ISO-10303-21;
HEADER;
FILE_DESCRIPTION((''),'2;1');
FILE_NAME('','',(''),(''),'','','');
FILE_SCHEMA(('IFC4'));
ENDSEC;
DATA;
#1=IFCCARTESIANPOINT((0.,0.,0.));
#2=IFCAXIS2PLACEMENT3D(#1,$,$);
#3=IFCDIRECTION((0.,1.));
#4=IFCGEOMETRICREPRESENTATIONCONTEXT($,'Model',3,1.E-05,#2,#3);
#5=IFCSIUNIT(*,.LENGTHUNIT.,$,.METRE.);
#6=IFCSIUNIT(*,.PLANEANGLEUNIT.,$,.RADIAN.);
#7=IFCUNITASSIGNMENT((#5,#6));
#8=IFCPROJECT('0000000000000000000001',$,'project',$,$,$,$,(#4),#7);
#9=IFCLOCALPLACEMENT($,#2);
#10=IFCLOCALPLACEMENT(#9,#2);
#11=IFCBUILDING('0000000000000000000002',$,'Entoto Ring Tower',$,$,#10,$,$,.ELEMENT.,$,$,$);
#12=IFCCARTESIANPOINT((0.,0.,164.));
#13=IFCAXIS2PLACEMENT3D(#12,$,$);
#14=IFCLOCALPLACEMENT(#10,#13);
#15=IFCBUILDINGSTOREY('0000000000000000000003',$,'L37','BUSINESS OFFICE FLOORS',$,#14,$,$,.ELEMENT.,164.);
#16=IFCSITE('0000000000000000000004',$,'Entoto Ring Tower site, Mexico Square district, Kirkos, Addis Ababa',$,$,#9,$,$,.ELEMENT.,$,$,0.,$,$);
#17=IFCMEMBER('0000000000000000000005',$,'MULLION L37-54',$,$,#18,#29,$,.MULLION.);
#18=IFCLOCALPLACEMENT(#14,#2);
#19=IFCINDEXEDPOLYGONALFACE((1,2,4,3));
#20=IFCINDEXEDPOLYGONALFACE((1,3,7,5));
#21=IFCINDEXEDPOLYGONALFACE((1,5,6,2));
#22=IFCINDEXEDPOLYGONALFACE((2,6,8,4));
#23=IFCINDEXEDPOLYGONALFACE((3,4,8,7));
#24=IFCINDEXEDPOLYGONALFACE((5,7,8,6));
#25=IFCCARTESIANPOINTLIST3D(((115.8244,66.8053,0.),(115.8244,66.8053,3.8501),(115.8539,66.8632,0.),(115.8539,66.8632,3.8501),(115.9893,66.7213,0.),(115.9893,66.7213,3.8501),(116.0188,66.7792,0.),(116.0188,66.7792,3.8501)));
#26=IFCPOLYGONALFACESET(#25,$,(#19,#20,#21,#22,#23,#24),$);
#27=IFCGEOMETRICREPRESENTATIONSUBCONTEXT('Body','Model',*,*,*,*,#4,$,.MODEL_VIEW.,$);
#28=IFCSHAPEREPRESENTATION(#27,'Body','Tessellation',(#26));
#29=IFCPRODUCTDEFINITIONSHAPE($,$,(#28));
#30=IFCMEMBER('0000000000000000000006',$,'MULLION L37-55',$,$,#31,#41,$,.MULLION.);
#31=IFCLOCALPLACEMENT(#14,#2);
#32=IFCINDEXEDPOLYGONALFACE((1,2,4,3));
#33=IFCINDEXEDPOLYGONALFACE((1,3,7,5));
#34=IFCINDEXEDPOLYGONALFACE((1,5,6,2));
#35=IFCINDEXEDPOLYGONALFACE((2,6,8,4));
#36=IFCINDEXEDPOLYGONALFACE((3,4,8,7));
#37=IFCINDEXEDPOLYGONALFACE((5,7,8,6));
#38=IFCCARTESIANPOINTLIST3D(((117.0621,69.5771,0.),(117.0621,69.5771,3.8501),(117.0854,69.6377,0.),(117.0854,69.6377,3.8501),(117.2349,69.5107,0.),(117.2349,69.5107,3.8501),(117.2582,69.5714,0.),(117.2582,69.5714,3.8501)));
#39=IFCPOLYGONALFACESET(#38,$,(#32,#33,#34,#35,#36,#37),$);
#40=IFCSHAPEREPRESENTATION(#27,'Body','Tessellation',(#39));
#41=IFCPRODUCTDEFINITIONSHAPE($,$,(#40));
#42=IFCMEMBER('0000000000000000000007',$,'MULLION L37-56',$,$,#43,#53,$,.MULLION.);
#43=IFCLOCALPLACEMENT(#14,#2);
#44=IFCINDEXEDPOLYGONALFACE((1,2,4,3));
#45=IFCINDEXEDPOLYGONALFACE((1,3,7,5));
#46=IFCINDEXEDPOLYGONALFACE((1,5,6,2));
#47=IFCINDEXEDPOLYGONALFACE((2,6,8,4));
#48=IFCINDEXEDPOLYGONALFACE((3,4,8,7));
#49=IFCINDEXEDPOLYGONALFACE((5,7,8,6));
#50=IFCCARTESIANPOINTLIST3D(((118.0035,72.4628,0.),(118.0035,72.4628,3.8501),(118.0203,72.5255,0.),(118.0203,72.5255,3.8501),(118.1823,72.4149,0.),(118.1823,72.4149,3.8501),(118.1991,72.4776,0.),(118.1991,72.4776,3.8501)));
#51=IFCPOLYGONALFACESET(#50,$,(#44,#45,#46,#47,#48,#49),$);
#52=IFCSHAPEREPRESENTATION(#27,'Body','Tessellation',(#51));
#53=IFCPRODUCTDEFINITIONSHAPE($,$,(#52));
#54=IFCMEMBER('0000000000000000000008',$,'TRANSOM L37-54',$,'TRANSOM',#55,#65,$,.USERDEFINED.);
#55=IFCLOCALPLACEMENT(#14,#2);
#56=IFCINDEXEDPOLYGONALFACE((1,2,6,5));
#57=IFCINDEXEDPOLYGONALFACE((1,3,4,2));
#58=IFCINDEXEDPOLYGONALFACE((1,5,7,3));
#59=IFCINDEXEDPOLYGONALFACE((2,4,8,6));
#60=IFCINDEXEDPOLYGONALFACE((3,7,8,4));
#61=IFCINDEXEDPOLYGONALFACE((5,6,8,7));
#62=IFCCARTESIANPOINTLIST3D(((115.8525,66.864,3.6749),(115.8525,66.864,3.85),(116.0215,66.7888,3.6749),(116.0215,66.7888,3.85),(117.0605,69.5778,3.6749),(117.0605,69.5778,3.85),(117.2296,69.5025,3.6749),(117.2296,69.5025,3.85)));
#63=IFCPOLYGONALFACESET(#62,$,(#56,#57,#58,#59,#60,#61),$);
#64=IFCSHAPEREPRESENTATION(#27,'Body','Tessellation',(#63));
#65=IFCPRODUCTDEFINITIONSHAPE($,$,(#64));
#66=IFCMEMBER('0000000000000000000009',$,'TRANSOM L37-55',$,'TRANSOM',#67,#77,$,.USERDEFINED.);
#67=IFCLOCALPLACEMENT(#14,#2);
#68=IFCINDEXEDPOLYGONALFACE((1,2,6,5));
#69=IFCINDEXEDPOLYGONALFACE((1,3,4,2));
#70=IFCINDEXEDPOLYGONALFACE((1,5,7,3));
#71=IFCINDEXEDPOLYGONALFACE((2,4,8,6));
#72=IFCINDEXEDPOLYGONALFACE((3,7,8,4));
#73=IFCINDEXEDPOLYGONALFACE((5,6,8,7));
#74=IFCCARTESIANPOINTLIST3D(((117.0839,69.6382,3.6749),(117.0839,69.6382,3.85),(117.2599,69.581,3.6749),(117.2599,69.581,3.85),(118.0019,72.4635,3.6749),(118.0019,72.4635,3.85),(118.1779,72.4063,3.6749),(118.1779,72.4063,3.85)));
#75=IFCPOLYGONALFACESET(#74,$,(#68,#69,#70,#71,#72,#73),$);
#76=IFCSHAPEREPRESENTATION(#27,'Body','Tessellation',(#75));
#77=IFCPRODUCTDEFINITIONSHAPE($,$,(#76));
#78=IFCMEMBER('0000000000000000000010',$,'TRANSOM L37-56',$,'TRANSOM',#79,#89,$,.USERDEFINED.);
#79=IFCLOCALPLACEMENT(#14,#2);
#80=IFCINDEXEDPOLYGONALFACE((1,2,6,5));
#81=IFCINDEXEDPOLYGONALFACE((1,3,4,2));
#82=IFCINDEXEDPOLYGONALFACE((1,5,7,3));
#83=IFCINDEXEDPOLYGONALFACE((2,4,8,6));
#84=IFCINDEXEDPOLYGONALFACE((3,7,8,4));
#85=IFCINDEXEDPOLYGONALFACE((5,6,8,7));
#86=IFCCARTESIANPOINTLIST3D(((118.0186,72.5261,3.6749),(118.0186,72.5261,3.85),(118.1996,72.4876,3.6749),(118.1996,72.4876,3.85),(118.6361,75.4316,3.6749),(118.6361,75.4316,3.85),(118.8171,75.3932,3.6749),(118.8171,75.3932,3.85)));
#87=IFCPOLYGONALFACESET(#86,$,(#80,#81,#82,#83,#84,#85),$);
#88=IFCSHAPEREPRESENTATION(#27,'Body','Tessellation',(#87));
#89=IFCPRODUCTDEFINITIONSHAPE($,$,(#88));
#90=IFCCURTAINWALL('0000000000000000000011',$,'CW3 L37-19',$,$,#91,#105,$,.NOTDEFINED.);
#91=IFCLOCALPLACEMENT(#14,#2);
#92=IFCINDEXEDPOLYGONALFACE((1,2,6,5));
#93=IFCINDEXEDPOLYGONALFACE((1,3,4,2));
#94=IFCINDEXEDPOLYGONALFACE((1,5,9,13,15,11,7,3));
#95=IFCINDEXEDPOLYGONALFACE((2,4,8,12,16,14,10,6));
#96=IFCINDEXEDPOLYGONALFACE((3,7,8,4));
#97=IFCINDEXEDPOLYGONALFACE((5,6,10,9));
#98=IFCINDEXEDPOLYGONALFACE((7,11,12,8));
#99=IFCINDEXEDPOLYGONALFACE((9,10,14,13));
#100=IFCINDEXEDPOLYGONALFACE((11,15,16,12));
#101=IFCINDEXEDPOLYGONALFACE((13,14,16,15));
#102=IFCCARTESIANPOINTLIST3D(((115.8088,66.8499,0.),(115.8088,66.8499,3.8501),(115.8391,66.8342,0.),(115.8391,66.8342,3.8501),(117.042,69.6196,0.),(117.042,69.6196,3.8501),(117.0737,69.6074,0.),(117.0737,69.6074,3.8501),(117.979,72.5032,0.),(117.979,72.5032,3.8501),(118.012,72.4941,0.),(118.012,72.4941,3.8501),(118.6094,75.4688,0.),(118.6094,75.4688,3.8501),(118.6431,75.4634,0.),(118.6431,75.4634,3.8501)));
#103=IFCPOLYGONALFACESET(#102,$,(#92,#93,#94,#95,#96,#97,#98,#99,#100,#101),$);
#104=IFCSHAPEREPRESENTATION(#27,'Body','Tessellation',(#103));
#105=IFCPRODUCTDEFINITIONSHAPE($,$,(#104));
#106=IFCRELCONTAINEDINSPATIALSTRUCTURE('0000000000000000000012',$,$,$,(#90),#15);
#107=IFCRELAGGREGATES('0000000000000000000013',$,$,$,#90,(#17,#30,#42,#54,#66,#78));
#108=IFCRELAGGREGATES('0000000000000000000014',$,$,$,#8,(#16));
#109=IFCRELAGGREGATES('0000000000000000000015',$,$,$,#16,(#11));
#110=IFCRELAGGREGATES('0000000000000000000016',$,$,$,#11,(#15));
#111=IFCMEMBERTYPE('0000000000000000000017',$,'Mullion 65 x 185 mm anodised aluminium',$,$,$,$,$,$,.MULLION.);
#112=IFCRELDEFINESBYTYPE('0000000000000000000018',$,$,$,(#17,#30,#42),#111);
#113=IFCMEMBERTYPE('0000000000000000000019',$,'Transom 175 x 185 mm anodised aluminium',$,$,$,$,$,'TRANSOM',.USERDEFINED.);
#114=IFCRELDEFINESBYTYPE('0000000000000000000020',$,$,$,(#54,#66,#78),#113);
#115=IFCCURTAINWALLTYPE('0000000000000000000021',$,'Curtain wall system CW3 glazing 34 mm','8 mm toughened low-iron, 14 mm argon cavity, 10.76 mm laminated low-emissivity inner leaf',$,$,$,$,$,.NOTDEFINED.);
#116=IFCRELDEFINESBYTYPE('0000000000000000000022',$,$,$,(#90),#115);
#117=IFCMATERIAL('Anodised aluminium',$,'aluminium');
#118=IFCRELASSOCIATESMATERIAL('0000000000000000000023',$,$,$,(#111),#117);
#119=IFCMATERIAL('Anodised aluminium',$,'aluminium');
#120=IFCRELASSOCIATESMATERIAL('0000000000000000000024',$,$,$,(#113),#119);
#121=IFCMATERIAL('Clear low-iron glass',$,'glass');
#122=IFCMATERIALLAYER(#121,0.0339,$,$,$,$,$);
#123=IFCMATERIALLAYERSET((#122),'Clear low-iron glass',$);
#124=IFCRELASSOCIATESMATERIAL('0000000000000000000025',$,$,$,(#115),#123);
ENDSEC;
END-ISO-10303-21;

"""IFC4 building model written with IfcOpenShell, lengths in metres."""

from ifc_helpers import new_model, si_unit, direction, frame, origin, origin_2d, place, context, subcontext, project, spatial, polyline, rectangle, outline, extrude, material, layer, layer_set, material_profile, profile_set, type_object, element, aggregate, save


model = new_model("IFC4")

# Units and contexts
model_context = context("Model", 3, precision=1e-05, world=origin(), true_north=direction((0.0, 1.0)))
body_context = subcontext(model_context, "Body", "Model", "MODEL_VIEW")
ifc_project = project(units=[si_unit("LENGTHUNIT", "METRE"), si_unit("PLANEANGLEUNIT", "RADIAN")], contexts=[model_context])

# Members
ifc_material_1 = material(Name="Anodised aluminium", Category="aluminium")
ifc_material_profile_1 = material_profile(ifc_material_1, rectangle(XDim=0.0649, YDim=0.1851, at=origin_2d()), Name="Mullion 65 x 185 mm anodised aluminium")
ifc_profile_set_1 = profile_set([ifc_material_profile_1], Name="Anodised aluminium")
member_type_1 = type_object("IfcMemberType", Name="Mullion 65 x 185 mm anodised aluminium", PredefinedType="MULLION", material=ifc_profile_set_1)
site_placement = place(None, origin())
building_placement = place(site_placement, origin())
storey_placement = place(building_placement, frame((0.0, 0.0, 164.0)))
member_1_placement = place(storey_placement, frame((115.9216, 66.7922, 0.0), z_axis=(0.0, 0.0, 1.0), x_axis=(0.45399, 0.891007, 0.0)))
member_1 = element("IfcMember", 1, at=member_1_placement, type_object=member_type_1, Name="MULLION L37-54", PredefinedType="MULLION", context=body_context, shape_type="SweptSolid", body=[
    extrude(rectangle(XDim=0.0649, YDim=0.1851, at=origin_2d()), origin(), (0.0, 0.0, 1.0), 3.8501),
])
member_2_placement = place(storey_placement, frame((117.1602, 69.5742, 0.0), z_axis=(0.0, 0.0, 1.0), x_axis=(0.358368, 0.93358, 0.0)))
member_2 = element("IfcMember", 2, at=member_2_placement, type_object=member_type_1, Name="MULLION L37-55", PredefinedType="MULLION", context=body_context, shape_type="SweptSolid", body=[
    extrude(rectangle(XDim=0.0649, YDim=0.1851, at=origin_2d()), origin(), (0.0, 0.0, 1.0), 3.8501),
])
member_3_placement = place(storey_placement, frame((118.1013, 72.4702, 0.0), z_axis=(0.0, 0.0, 1.0), x_axis=(0.258819, 0.965926, 0.0)))
member_3 = element("IfcMember", 3, at=member_3_placement, type_object=member_type_1, Name="MULLION L37-56", PredefinedType="MULLION", context=body_context, shape_type="SweptSolid", body=[
    extrude(rectangle(XDim=0.0649, YDim=0.1851, at=origin_2d()), origin(), (0.0, 0.0, 1.0), 3.8501),
])
ifc_material_2 = material(Name="Anodised aluminium", Category="aluminium")
ifc_material_profile_2 = material_profile(ifc_material_2, rectangle(XDim=0.1851, YDim=0.175, at=origin_2d()), Name="Transom 175 x 185 mm anodised aluminium")
ifc_profile_set_2 = profile_set([ifc_material_profile_2], Name="Anodised aluminium")
member_type_2 = type_object("IfcMemberType", Name="Transom 175 x 185 mm anodised aluminium", ElementType="TRANSOM", PredefinedType="USERDEFINED", material=ifc_profile_set_2)
member_4_placement = place(storey_placement, frame((115.937, 66.8264, 3.7625), z_axis=(0.406687, 0.913567, 0.0), x_axis=(-0.913567, 0.406687, 0.0)))
member_4 = element("IfcMember", 4, at=member_4_placement, type_object=member_type_2, Name="TRANSOM L37-54", ObjectType="TRANSOM", PredefinedType="USERDEFINED", context=body_context, shape_type="SweptSolid", body=[
    extrude(rectangle(XDim=0.1851, YDim=0.175, at=origin_2d()), origin(), (0.0, 0.0, 1.0), 2.9705),
])
member_5_placement = place(storey_placement, frame((117.1719, 69.6096, 3.7625), z_axis=(0.309019, 0.951056, 0.0), x_axis=(-0.951056, 0.309019, 0.0)))
member_5 = element("IfcMember", 5, at=member_5_placement, type_object=member_type_2, Name="TRANSOM L37-55", ObjectType="TRANSOM", PredefinedType="USERDEFINED", context=body_context, shape_type="SweptSolid", body=[
    extrude(rectangle(XDim=0.1851, YDim=0.175, at=origin_2d()), origin(), (0.0, 0.0, 1.0), 2.9707),
])
member_6_placement = place(storey_placement, frame((118.1091, 72.5068, 3.7625), z_axis=(0.207862, 0.978158, 0.0), x_axis=(-0.978158, 0.207862, 0.0)))
member_6 = element("IfcMember", 6, at=member_6_placement, type_object=member_type_2, Name="TRANSOM L37-56", ObjectType="TRANSOM", PredefinedType="USERDEFINED", context=body_context, shape_type="SweptSolid", body=[
    extrude(rectangle(XDim=0.1851, YDim=0.175, at=origin_2d()), origin(), (0.0, 0.0, 1.0), 2.9705),
])

# Site, building, storey
site = spatial("IfcSite", under=ifc_project, at=site_placement, Name="Entoto Ring Tower site, Mexico Square district, Kirkos, Addis Ababa", CompositionType="ELEMENT", RefElevation=0.0)
building = spatial("IfcBuilding", under=site, at=building_placement, Name="Entoto Ring Tower", CompositionType="ELEMENT")
storey = spatial("IfcBuildingStorey", under=building, at=storey_placement, Name="L37", Description="BUSINESS OFFICE FLOORS", CompositionType="ELEMENT", Elevation=164.0)

# Curtain wall
ifc_material_3 = material(Name="Clear low-iron glass", Category="glass")
ifc_layer = layer(ifc_material_3, 0.0339)
ifc_layer_set = layer_set([ifc_layer], Name="Clear low-iron glass")
curtain_wall_type = type_object("IfcCurtainWallType", Name="Curtain wall system CW3 glazing 34 mm", Description="8 mm toughened low-iron, 14 mm argon cavity, 10.76 mm laminated low-emissivity inner leaf", PredefinedType="NOTDEFINED", material=ifc_layer_set)
curtain_wall_1_placement = place(storey_placement, origin())
curtain_wall_1 = element("IfcCurtainWall", 7, at=curtain_wall_1_placement, inside=storey, type_object=curtain_wall_type, Name="CW3 L37-19", PredefinedType="NOTDEFINED", context=body_context, shape_type="SweptSolid", body=[
    extrude(outline(polyline([(115.8391, 66.8342), (117.0737, 69.6074), (118.012, 72.4941), (118.6431, 75.4634), (118.6094, 75.4688), (117.979, 72.5032), (117.042, 69.6196), (115.8088, 66.8499), (115.8391, 66.8342)])), origin(), (0.0, 0.0, 1.0), 3.8501),
])
aggregate(curtain_wall_1, [member_1, member_2, member_3, member_4, member_5, member_6])

save(model, "model.ifc")
